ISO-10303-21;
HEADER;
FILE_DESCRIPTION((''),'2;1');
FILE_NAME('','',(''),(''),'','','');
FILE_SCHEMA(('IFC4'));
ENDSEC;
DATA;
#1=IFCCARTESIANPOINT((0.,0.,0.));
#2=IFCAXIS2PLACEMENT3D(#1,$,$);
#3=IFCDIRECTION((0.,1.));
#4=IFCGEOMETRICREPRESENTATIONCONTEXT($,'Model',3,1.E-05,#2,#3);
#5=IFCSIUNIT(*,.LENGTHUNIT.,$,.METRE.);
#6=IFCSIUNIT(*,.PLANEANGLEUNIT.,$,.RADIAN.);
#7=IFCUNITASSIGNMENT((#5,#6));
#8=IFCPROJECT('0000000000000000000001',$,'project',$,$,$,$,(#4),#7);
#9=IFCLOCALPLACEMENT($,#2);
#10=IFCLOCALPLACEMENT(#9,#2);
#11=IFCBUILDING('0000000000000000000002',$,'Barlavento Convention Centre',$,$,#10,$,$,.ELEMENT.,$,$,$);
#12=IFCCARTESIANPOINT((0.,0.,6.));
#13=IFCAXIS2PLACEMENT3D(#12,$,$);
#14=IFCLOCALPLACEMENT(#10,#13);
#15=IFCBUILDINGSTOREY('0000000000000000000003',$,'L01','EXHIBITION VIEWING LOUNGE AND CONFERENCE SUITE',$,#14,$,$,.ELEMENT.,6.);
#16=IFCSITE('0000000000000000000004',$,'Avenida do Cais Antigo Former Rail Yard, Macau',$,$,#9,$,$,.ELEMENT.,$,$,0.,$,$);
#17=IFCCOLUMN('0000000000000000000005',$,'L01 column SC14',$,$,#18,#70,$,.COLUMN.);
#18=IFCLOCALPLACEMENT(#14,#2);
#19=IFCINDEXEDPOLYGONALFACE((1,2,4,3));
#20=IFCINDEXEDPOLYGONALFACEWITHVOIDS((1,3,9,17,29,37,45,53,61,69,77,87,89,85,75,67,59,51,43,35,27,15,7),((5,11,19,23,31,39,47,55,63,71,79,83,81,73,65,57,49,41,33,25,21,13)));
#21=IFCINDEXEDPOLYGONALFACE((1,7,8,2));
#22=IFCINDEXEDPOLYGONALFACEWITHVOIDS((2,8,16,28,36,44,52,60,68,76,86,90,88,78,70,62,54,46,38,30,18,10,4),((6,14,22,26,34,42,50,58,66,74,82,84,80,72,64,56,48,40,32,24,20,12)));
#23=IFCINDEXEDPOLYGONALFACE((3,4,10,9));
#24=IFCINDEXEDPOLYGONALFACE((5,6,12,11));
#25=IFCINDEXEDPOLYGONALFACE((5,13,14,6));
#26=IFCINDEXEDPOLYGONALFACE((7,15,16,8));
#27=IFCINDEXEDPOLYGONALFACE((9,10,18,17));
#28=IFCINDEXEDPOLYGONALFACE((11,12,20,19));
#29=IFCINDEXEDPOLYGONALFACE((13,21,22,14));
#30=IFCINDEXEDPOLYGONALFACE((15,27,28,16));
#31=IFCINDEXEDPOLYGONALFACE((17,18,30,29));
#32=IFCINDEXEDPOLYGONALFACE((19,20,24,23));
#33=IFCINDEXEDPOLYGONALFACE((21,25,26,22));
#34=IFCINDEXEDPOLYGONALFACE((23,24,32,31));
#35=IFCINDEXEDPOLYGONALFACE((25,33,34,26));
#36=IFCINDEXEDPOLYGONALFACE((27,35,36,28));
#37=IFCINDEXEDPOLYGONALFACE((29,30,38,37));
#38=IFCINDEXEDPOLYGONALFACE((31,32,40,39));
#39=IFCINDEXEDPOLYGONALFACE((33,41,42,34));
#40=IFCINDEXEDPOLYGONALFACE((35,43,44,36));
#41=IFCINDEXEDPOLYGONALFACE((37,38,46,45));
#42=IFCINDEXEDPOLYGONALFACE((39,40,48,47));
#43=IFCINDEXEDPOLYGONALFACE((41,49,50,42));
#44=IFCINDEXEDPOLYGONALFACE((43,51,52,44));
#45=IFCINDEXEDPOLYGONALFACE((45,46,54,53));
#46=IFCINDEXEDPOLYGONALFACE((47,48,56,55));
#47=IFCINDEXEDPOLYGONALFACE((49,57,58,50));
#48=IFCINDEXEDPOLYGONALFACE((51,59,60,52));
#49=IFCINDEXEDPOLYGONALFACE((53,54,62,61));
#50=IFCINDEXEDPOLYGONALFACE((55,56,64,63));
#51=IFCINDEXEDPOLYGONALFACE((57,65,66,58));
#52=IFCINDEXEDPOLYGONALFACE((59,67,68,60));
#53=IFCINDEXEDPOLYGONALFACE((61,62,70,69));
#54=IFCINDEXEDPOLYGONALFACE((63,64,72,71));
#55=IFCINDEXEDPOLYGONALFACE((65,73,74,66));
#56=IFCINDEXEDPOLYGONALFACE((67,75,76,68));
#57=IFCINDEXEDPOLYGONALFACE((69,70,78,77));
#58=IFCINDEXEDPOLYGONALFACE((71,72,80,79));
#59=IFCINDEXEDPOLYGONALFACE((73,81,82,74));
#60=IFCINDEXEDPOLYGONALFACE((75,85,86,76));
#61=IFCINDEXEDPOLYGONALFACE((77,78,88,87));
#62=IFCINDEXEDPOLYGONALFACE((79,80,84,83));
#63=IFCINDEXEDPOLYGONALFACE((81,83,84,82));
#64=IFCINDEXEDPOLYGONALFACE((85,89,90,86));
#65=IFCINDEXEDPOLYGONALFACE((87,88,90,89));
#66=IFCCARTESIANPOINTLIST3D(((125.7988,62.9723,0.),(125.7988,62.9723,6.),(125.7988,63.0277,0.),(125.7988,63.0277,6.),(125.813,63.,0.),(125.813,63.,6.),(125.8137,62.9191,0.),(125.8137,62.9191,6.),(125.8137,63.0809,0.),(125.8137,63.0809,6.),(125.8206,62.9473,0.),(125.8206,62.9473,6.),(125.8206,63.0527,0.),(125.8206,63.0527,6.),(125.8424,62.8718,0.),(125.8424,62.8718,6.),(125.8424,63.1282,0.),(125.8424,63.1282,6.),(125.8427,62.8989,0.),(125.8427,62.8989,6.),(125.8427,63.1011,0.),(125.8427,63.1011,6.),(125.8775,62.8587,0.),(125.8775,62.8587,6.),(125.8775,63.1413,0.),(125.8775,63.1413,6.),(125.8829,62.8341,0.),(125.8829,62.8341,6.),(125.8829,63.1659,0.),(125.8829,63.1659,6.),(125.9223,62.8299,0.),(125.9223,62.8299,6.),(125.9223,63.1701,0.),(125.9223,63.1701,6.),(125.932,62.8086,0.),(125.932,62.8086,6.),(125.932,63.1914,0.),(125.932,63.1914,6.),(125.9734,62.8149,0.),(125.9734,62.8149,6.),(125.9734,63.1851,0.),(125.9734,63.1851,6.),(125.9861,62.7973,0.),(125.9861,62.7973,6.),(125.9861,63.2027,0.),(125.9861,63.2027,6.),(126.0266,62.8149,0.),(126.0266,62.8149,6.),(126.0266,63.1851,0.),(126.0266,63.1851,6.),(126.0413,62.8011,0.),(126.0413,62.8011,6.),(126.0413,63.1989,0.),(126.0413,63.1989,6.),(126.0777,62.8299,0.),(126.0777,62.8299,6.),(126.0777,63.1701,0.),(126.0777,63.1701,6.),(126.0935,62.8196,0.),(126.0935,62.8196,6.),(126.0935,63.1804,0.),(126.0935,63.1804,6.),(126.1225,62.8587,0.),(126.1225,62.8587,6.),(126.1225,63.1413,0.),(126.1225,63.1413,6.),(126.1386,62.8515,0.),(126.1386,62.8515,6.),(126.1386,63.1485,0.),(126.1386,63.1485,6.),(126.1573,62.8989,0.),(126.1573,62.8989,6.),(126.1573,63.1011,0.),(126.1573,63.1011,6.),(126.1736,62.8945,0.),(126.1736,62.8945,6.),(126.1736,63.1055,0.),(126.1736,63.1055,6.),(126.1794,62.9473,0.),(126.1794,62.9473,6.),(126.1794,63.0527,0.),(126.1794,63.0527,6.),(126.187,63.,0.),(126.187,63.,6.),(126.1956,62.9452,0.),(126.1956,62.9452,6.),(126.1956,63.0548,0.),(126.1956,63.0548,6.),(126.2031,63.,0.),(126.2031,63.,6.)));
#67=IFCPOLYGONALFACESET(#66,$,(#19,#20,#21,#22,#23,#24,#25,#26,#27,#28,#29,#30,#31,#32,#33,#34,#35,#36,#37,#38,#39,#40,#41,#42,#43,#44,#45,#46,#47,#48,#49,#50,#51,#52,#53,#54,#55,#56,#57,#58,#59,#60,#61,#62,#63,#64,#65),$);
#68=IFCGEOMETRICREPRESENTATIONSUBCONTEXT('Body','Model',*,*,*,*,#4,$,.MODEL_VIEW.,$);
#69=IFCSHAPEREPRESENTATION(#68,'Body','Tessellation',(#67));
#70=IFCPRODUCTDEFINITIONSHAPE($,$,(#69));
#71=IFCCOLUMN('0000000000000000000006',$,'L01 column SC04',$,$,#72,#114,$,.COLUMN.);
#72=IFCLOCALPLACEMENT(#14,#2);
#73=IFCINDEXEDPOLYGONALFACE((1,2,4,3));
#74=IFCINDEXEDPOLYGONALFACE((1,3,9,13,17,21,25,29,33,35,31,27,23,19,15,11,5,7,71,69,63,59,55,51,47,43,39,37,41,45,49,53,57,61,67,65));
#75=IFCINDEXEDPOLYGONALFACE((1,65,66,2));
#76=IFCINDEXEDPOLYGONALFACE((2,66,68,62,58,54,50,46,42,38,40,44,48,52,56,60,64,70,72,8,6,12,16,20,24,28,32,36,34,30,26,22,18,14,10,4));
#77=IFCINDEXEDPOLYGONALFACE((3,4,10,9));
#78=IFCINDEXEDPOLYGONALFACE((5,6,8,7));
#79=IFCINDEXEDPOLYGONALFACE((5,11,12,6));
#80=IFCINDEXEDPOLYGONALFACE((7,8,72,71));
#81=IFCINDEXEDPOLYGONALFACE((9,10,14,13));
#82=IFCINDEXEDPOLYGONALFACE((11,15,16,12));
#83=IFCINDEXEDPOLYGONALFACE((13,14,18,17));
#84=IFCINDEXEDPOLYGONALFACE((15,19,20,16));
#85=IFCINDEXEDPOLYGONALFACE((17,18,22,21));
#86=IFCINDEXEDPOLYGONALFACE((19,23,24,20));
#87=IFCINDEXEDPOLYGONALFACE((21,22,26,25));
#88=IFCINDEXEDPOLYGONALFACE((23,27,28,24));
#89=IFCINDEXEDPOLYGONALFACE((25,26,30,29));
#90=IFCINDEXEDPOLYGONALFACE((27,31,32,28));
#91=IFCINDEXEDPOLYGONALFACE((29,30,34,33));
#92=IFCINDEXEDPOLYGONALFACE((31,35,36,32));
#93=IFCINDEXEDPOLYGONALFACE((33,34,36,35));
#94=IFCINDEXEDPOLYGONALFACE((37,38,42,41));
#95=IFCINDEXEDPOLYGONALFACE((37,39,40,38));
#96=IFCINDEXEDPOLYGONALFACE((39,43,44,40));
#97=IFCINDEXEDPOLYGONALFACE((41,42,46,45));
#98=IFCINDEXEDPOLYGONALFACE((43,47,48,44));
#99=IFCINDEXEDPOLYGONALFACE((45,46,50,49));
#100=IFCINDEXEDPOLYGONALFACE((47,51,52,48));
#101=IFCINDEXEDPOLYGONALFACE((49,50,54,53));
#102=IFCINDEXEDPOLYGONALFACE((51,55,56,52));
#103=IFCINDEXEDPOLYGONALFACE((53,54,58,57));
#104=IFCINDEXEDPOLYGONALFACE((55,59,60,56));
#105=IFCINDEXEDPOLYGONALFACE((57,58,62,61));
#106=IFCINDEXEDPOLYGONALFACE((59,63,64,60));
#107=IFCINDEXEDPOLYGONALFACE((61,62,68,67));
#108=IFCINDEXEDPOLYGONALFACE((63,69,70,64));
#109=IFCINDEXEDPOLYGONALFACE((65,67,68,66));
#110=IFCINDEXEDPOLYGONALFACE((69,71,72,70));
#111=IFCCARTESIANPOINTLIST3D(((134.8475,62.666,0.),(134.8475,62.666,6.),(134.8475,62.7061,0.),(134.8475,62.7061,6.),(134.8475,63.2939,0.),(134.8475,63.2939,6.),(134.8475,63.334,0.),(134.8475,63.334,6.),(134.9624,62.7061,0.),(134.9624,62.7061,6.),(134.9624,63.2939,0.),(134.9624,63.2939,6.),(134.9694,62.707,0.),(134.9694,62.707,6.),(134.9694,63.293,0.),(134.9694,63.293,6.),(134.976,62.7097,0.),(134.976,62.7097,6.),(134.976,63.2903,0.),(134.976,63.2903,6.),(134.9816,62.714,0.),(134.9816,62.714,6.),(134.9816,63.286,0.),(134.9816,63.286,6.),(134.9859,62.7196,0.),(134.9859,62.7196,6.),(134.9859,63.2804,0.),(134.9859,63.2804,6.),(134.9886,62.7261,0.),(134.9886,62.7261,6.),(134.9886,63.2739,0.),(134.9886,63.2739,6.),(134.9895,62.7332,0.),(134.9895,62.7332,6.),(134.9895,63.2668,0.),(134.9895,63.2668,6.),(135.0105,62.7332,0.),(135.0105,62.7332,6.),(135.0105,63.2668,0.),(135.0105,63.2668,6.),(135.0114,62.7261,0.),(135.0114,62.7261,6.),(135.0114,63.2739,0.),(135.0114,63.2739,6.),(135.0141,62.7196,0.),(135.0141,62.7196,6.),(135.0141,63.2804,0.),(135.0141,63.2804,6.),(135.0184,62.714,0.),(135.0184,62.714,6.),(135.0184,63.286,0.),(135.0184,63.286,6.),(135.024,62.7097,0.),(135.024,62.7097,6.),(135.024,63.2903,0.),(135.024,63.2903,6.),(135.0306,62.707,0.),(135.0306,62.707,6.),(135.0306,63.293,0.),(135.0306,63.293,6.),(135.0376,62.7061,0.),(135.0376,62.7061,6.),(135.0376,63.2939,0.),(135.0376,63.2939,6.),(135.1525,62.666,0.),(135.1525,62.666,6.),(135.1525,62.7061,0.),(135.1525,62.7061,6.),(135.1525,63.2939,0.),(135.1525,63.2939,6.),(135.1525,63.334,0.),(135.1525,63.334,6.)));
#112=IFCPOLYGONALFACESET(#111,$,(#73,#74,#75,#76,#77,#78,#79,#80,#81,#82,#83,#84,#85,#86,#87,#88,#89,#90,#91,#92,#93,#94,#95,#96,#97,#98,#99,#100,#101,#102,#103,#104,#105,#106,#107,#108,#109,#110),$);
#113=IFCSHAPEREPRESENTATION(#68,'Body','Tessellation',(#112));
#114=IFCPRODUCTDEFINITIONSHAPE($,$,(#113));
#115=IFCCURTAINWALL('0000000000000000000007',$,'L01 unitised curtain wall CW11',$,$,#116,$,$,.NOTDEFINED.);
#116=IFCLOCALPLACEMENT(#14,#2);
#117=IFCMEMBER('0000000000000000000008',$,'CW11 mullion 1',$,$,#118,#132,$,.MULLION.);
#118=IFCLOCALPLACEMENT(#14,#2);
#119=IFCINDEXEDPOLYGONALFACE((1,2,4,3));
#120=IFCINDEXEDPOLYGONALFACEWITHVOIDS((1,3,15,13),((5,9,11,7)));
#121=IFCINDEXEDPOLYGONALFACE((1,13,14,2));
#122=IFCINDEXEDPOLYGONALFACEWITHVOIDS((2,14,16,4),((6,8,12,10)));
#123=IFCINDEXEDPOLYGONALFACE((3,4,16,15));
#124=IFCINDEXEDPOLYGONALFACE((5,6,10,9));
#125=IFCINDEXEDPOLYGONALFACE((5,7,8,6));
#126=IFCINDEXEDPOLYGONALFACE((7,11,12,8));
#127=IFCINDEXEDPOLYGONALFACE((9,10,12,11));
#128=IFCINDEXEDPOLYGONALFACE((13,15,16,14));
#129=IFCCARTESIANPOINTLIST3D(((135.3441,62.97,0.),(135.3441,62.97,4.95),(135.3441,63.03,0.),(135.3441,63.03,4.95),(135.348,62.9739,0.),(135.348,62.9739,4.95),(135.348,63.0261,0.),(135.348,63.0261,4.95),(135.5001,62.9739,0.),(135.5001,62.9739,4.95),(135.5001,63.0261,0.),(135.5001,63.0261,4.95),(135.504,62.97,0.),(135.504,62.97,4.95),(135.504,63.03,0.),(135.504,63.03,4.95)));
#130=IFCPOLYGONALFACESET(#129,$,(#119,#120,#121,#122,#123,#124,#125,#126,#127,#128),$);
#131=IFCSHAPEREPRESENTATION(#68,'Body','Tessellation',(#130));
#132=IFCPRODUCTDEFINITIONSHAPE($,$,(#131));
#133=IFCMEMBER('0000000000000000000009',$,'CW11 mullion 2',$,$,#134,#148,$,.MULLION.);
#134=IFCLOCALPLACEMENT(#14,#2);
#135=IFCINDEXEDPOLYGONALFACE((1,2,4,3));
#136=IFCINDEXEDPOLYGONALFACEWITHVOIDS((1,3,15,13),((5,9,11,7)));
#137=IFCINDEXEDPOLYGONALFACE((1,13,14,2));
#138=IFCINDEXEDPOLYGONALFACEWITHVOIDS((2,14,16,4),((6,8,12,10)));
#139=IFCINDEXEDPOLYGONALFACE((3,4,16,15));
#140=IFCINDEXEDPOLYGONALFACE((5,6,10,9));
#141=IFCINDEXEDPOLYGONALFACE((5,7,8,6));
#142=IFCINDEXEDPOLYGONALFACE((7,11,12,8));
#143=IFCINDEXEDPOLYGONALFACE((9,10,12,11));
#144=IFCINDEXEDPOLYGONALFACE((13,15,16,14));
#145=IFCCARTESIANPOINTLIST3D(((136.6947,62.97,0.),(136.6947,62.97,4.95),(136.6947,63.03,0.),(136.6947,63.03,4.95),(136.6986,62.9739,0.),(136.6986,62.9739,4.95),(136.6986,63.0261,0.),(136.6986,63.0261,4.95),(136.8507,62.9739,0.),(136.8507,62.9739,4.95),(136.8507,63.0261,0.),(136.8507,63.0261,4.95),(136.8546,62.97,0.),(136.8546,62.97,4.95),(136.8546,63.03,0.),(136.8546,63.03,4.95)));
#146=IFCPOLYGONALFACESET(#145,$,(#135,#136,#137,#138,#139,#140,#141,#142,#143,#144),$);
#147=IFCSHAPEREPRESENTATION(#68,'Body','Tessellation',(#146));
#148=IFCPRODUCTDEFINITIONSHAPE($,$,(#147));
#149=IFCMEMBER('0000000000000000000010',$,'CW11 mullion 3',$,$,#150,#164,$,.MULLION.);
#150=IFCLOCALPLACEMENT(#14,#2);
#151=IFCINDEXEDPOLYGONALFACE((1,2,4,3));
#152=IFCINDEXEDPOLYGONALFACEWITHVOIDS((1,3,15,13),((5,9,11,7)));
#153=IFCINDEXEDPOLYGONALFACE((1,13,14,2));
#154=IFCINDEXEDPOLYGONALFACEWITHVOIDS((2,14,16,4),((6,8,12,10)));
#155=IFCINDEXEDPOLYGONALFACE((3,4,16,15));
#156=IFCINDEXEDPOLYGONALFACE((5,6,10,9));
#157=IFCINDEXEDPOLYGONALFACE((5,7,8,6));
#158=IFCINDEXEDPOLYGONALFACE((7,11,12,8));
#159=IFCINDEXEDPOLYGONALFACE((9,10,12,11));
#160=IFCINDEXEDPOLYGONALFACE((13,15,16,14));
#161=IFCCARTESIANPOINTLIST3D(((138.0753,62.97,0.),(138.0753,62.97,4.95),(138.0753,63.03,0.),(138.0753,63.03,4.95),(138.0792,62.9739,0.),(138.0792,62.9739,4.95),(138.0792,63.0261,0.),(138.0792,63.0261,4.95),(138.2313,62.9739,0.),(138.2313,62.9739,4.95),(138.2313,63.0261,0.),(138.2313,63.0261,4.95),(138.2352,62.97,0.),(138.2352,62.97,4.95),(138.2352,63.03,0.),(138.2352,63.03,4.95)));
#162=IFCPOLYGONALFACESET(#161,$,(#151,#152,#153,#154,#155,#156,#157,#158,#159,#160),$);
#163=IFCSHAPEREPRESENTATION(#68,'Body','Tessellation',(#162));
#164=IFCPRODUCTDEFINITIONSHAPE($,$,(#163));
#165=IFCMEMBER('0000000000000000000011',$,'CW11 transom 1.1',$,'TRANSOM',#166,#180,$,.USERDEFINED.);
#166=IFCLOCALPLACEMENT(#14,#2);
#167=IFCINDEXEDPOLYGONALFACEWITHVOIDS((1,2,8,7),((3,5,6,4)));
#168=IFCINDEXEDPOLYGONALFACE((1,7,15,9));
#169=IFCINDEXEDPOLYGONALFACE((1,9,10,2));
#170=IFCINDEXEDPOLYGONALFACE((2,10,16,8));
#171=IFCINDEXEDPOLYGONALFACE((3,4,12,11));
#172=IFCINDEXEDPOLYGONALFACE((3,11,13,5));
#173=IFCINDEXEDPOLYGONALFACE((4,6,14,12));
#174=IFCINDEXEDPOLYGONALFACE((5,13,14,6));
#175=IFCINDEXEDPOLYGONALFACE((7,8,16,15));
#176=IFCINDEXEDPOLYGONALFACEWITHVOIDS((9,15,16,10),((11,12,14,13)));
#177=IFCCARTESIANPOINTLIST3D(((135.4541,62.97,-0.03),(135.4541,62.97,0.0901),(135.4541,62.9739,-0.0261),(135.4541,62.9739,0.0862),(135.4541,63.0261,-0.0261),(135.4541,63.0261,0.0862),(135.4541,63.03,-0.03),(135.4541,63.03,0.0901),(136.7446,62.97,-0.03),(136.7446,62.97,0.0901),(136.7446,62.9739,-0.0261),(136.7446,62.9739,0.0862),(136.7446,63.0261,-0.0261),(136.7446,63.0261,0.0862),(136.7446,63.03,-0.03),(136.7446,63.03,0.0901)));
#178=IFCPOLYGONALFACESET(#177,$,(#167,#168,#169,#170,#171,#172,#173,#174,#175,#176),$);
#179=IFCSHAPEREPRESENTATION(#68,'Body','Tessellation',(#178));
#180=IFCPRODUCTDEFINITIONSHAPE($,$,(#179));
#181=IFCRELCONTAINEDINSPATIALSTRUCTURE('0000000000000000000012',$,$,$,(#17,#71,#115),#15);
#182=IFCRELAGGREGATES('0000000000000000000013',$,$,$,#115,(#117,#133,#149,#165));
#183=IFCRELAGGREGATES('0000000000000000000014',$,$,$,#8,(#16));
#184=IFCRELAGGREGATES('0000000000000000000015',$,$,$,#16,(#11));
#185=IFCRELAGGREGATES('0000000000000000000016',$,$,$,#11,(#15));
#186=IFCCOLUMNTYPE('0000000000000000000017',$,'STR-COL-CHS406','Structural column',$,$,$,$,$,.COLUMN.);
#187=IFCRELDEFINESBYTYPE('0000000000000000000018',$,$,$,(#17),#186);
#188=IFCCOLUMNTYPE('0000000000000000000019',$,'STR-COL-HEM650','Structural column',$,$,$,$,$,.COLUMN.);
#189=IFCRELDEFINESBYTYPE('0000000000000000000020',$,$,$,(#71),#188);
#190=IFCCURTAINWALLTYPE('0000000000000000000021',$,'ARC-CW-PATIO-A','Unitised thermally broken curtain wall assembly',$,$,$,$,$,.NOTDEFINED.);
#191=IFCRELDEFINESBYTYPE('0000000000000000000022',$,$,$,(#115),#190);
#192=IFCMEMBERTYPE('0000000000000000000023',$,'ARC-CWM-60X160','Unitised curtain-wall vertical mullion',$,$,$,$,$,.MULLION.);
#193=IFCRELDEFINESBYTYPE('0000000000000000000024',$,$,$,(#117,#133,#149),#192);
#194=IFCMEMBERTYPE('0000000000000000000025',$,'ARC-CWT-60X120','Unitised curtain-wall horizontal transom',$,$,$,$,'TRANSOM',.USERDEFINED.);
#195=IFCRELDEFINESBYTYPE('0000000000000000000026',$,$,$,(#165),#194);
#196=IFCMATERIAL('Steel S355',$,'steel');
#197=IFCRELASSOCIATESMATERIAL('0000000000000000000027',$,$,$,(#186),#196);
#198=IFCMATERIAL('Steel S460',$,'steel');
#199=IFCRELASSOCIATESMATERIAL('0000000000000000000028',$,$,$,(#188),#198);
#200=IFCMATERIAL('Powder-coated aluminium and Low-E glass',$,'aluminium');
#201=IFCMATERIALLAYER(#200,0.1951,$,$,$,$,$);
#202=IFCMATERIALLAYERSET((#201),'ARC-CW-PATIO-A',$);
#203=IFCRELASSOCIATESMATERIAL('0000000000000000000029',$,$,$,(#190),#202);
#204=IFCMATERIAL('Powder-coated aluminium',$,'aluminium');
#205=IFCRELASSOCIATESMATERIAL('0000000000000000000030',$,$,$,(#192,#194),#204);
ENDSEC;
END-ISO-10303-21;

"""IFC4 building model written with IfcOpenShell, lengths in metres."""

from ifc_helpers import new_model, si_unit, direction, frame, origin, origin_2d, place, context, subcontext, project, spatial, hollow_rectangle, hollow_circle, i_section, extrude, material, layer, layer_set, material_profile, profile_set, type_object, element, aggregate, save


model = new_model("IFC4")

# Units and contexts
model_context = context("Model", 3, precision=1e-05, world=origin(), true_north=direction((0.0, 1.0)))
body_context = subcontext(model_context, "Body", "Model", "MODEL_VIEW")
ifc_project = project(units=[si_unit("LENGTHUNIT", "METRE"), si_unit("PLANEANGLEUNIT", "RADIAN")], contexts=[model_context])

# Site, building, storey
site_placement = place(None, origin())
site = spatial("IfcSite", under=ifc_project, at=site_placement, Name="Avenida do Cais Antigo Former Rail Yard, Macau", CompositionType="ELEMENT", RefElevation=0.0)
building_placement = place(site_placement, origin())
building = spatial("IfcBuilding", under=site, at=building_placement, Name="Barlavento Convention Centre", CompositionType="ELEMENT")
storey_placement = place(building_placement, frame((0.0, 0.0, 6.0)))
storey = spatial("IfcBuildingStorey", under=building, at=storey_placement, Name="L01", Description="EXHIBITION VIEWING LOUNGE AND CONFERENCE SUITE", CompositionType="ELEMENT", Elevation=6.0)

# Columns
ifc_material_1 = material(Name="Steel S355", Category="steel")
ifc_material_profile_1 = material_profile(ifc_material_1, hollow_circle(Radius=0.2031, WallThickness=0.0161, at=origin_2d()), Name="CHS 406.4x16.0")
ifc_profile_set_1 = profile_set([ifc_material_profile_1], Name="Steel S355")
column_type_1 = type_object("IfcColumnType", Name="STR-COL-CHS406", Description="Structural column", PredefinedType="COLUMN", material=ifc_profile_set_1)
column_1_placement = place(storey_placement, frame((126.0, 63.0, 0.0), z_axis=(0.0, 0.0, 1.0), x_axis=(1.0, 0.0, 0.0)))
element("IfcColumn", 1, at=column_1_placement, inside=storey, type_object=column_type_1, Name="L01 column SC14", PredefinedType="COLUMN", context=body_context, shape_type="SweptSolid", body=[
    extrude(hollow_circle(Radius=0.2031, WallThickness=0.0161, at=origin_2d()), origin(), (0.0, 0.0, 1.0), 6.0),
])
ifc_material_2 = material(Name="Steel S460", Category="steel")
ifc_material_profile_2 = material_profile(ifc_material_2, i_section(OverallWidth=0.3049, OverallDepth=0.668, WebThickness=0.021, FlangeThickness=0.04, FilletRadius=0.0271, at=origin_2d()), Name="HEM 650")
ifc_profile_set_2 = profile_set([ifc_material_profile_2], Name="Steel S460")
column_type_2 = type_object("IfcColumnType", Name="STR-COL-HEM650", Description="Structural column", PredefinedType="COLUMN", material=ifc_profile_set_2)
column_2_placement = place(storey_placement, frame((135.0, 63.0, 0.0), z_axis=(0.0, 0.0, 1.0), x_axis=(1.0, 0.0, 0.0)))
element("IfcColumn", 2, at=column_2_placement, inside=storey, type_object=column_type_2, Name="L01 column SC04", PredefinedType="COLUMN", context=body_context, shape_type="SweptSolid", body=[
    extrude(i_section(OverallWidth=0.3049, OverallDepth=0.668, WebThickness=0.021, FlangeThickness=0.04, FilletRadius=0.0271, at=origin_2d()), origin(), (0.0, 0.0, 1.0), 6.0),
])

# Curtain wall, members
ifc_material_3 = material(Name="Powder-coated aluminium and Low-E glass", Category="aluminium")
ifc_layer_1 = layer(ifc_material_3, 0.1951)
ifc_layer_set_1 = layer_set([ifc_layer_1], Name="ARC-CW-PATIO-A")
curtain_wall_type = type_object("IfcCurtainWallType", Name="ARC-CW-PATIO-A", Description="Unitised thermally broken curtain wall assembly", PredefinedType="NOTDEFINED", material=ifc_layer_set_1)
curtain_wall_placement = place(storey_placement, origin())
curtain_wall = element("IfcCurtainWall", 3, at=curtain_wall_placement, inside=storey, type_object=curtain_wall_type, Name="L01 unitised curtain wall CW11", PredefinedType="NOTDEFINED")
ifc_material_4 = material(Name="Powder-coated aluminium", Category="aluminium")
ifc_material_profile_3 = material_profile(ifc_material_4, hollow_rectangle(XDim=0.0601, YDim=0.1599, WallThickness=0.0039, at=origin_2d()), Name="AL-MULL 60x160x4")
ifc_profile_set_3 = profile_set([ifc_material_profile_3], Name="Powder-coated aluminium")
member_type_1 = type_object("IfcMemberType", Name="ARC-CWM-60X160", Description="Unitised curtain-wall vertical mullion", PredefinedType="MULLION", material=ifc_profile_set_3)
member_1_placement = place(storey_placement, frame((135.4241, 63.0, 0.0), z_axis=(0.0, 0.0, 1.0), x_axis=(0.0, 1.0, 0.0)))
member_1 = element("IfcMember", 4, at=member_1_placement, type_object=member_type_1, Name="CW11 mullion 1", PredefinedType="MULLION", context=body_context, shape_type="SweptSolid", body=[
    extrude(hollow_rectangle(XDim=0.0601, YDim=0.1599, WallThickness=0.0039, at=origin_2d()), origin(), (0.0, 0.0, 1.0), 4.95),
])
member_2_placement = place(storey_placement, frame((136.7747, 63.0, 0.0), z_axis=(0.0, 0.0, 1.0), x_axis=(0.0, 1.0, 0.0)))
member_2 = element("IfcMember", 5, at=member_2_placement, type_object=member_type_1, Name="CW11 mullion 2", PredefinedType="MULLION", context=body_context, shape_type="SweptSolid", body=[
    extrude(hollow_rectangle(XDim=0.0601, YDim=0.1599, WallThickness=0.0039, at=origin_2d()), origin(), (0.0, 0.0, 1.0), 4.95),
])
member_3_placement = place(storey_placement, frame((138.1553, 63.0, 0.0), z_axis=(0.0, 0.0, 1.0), x_axis=(0.0, 1.0, 0.0)))
member_3 = element("IfcMember", 6, at=member_3_placement, type_object=member_type_1, Name="CW11 mullion 3", PredefinedType="MULLION", context=body_context, shape_type="SweptSolid", body=[
    extrude(hollow_rectangle(XDim=0.0601, YDim=0.1599, WallThickness=0.0039, at=origin_2d()), origin(), (0.0, 0.0, 1.0), 4.95),
])
ifc_material_profile_4 = material_profile(ifc_material_4, hollow_rectangle(XDim=0.0601, YDim=0.1201, WallThickness=0.0039, at=origin_2d()), Name="AL-TRAN 60x120x4")
ifc_profile_set_4 = profile_set([ifc_material_profile_4], Name="Powder-coated aluminium")
member_type_2 = type_object("IfcMemberType", Name="ARC-CWT-60X120", Description="Unitised curtain-wall horizontal transom", ElementType="TRANSOM", PredefinedType="USERDEFINED", material=ifc_profile_set_4)
member_4_placement = place(storey_placement, frame((135.4541, 63.0, 0.03), z_axis=(1.0, 0.0, 0.0), x_axis=(0.0, 1.0, 0.0)))
member_4 = element("IfcMember", 7, at=member_4_placement, type_object=member_type_2, Name="CW11 transom 1.1", ObjectType="TRANSOM", PredefinedType="USERDEFINED", context=body_context, shape_type="SweptSolid", body=[
    extrude(hollow_rectangle(XDim=0.0601, YDim=0.1201, WallThickness=0.0039, at=origin_2d()), origin(), (0.0, 0.0, 1.0), 1.2905),
])

aggregate(curtain_wall, [member_1, member_2, member_3, member_4])

save(model, "model.ifc")
